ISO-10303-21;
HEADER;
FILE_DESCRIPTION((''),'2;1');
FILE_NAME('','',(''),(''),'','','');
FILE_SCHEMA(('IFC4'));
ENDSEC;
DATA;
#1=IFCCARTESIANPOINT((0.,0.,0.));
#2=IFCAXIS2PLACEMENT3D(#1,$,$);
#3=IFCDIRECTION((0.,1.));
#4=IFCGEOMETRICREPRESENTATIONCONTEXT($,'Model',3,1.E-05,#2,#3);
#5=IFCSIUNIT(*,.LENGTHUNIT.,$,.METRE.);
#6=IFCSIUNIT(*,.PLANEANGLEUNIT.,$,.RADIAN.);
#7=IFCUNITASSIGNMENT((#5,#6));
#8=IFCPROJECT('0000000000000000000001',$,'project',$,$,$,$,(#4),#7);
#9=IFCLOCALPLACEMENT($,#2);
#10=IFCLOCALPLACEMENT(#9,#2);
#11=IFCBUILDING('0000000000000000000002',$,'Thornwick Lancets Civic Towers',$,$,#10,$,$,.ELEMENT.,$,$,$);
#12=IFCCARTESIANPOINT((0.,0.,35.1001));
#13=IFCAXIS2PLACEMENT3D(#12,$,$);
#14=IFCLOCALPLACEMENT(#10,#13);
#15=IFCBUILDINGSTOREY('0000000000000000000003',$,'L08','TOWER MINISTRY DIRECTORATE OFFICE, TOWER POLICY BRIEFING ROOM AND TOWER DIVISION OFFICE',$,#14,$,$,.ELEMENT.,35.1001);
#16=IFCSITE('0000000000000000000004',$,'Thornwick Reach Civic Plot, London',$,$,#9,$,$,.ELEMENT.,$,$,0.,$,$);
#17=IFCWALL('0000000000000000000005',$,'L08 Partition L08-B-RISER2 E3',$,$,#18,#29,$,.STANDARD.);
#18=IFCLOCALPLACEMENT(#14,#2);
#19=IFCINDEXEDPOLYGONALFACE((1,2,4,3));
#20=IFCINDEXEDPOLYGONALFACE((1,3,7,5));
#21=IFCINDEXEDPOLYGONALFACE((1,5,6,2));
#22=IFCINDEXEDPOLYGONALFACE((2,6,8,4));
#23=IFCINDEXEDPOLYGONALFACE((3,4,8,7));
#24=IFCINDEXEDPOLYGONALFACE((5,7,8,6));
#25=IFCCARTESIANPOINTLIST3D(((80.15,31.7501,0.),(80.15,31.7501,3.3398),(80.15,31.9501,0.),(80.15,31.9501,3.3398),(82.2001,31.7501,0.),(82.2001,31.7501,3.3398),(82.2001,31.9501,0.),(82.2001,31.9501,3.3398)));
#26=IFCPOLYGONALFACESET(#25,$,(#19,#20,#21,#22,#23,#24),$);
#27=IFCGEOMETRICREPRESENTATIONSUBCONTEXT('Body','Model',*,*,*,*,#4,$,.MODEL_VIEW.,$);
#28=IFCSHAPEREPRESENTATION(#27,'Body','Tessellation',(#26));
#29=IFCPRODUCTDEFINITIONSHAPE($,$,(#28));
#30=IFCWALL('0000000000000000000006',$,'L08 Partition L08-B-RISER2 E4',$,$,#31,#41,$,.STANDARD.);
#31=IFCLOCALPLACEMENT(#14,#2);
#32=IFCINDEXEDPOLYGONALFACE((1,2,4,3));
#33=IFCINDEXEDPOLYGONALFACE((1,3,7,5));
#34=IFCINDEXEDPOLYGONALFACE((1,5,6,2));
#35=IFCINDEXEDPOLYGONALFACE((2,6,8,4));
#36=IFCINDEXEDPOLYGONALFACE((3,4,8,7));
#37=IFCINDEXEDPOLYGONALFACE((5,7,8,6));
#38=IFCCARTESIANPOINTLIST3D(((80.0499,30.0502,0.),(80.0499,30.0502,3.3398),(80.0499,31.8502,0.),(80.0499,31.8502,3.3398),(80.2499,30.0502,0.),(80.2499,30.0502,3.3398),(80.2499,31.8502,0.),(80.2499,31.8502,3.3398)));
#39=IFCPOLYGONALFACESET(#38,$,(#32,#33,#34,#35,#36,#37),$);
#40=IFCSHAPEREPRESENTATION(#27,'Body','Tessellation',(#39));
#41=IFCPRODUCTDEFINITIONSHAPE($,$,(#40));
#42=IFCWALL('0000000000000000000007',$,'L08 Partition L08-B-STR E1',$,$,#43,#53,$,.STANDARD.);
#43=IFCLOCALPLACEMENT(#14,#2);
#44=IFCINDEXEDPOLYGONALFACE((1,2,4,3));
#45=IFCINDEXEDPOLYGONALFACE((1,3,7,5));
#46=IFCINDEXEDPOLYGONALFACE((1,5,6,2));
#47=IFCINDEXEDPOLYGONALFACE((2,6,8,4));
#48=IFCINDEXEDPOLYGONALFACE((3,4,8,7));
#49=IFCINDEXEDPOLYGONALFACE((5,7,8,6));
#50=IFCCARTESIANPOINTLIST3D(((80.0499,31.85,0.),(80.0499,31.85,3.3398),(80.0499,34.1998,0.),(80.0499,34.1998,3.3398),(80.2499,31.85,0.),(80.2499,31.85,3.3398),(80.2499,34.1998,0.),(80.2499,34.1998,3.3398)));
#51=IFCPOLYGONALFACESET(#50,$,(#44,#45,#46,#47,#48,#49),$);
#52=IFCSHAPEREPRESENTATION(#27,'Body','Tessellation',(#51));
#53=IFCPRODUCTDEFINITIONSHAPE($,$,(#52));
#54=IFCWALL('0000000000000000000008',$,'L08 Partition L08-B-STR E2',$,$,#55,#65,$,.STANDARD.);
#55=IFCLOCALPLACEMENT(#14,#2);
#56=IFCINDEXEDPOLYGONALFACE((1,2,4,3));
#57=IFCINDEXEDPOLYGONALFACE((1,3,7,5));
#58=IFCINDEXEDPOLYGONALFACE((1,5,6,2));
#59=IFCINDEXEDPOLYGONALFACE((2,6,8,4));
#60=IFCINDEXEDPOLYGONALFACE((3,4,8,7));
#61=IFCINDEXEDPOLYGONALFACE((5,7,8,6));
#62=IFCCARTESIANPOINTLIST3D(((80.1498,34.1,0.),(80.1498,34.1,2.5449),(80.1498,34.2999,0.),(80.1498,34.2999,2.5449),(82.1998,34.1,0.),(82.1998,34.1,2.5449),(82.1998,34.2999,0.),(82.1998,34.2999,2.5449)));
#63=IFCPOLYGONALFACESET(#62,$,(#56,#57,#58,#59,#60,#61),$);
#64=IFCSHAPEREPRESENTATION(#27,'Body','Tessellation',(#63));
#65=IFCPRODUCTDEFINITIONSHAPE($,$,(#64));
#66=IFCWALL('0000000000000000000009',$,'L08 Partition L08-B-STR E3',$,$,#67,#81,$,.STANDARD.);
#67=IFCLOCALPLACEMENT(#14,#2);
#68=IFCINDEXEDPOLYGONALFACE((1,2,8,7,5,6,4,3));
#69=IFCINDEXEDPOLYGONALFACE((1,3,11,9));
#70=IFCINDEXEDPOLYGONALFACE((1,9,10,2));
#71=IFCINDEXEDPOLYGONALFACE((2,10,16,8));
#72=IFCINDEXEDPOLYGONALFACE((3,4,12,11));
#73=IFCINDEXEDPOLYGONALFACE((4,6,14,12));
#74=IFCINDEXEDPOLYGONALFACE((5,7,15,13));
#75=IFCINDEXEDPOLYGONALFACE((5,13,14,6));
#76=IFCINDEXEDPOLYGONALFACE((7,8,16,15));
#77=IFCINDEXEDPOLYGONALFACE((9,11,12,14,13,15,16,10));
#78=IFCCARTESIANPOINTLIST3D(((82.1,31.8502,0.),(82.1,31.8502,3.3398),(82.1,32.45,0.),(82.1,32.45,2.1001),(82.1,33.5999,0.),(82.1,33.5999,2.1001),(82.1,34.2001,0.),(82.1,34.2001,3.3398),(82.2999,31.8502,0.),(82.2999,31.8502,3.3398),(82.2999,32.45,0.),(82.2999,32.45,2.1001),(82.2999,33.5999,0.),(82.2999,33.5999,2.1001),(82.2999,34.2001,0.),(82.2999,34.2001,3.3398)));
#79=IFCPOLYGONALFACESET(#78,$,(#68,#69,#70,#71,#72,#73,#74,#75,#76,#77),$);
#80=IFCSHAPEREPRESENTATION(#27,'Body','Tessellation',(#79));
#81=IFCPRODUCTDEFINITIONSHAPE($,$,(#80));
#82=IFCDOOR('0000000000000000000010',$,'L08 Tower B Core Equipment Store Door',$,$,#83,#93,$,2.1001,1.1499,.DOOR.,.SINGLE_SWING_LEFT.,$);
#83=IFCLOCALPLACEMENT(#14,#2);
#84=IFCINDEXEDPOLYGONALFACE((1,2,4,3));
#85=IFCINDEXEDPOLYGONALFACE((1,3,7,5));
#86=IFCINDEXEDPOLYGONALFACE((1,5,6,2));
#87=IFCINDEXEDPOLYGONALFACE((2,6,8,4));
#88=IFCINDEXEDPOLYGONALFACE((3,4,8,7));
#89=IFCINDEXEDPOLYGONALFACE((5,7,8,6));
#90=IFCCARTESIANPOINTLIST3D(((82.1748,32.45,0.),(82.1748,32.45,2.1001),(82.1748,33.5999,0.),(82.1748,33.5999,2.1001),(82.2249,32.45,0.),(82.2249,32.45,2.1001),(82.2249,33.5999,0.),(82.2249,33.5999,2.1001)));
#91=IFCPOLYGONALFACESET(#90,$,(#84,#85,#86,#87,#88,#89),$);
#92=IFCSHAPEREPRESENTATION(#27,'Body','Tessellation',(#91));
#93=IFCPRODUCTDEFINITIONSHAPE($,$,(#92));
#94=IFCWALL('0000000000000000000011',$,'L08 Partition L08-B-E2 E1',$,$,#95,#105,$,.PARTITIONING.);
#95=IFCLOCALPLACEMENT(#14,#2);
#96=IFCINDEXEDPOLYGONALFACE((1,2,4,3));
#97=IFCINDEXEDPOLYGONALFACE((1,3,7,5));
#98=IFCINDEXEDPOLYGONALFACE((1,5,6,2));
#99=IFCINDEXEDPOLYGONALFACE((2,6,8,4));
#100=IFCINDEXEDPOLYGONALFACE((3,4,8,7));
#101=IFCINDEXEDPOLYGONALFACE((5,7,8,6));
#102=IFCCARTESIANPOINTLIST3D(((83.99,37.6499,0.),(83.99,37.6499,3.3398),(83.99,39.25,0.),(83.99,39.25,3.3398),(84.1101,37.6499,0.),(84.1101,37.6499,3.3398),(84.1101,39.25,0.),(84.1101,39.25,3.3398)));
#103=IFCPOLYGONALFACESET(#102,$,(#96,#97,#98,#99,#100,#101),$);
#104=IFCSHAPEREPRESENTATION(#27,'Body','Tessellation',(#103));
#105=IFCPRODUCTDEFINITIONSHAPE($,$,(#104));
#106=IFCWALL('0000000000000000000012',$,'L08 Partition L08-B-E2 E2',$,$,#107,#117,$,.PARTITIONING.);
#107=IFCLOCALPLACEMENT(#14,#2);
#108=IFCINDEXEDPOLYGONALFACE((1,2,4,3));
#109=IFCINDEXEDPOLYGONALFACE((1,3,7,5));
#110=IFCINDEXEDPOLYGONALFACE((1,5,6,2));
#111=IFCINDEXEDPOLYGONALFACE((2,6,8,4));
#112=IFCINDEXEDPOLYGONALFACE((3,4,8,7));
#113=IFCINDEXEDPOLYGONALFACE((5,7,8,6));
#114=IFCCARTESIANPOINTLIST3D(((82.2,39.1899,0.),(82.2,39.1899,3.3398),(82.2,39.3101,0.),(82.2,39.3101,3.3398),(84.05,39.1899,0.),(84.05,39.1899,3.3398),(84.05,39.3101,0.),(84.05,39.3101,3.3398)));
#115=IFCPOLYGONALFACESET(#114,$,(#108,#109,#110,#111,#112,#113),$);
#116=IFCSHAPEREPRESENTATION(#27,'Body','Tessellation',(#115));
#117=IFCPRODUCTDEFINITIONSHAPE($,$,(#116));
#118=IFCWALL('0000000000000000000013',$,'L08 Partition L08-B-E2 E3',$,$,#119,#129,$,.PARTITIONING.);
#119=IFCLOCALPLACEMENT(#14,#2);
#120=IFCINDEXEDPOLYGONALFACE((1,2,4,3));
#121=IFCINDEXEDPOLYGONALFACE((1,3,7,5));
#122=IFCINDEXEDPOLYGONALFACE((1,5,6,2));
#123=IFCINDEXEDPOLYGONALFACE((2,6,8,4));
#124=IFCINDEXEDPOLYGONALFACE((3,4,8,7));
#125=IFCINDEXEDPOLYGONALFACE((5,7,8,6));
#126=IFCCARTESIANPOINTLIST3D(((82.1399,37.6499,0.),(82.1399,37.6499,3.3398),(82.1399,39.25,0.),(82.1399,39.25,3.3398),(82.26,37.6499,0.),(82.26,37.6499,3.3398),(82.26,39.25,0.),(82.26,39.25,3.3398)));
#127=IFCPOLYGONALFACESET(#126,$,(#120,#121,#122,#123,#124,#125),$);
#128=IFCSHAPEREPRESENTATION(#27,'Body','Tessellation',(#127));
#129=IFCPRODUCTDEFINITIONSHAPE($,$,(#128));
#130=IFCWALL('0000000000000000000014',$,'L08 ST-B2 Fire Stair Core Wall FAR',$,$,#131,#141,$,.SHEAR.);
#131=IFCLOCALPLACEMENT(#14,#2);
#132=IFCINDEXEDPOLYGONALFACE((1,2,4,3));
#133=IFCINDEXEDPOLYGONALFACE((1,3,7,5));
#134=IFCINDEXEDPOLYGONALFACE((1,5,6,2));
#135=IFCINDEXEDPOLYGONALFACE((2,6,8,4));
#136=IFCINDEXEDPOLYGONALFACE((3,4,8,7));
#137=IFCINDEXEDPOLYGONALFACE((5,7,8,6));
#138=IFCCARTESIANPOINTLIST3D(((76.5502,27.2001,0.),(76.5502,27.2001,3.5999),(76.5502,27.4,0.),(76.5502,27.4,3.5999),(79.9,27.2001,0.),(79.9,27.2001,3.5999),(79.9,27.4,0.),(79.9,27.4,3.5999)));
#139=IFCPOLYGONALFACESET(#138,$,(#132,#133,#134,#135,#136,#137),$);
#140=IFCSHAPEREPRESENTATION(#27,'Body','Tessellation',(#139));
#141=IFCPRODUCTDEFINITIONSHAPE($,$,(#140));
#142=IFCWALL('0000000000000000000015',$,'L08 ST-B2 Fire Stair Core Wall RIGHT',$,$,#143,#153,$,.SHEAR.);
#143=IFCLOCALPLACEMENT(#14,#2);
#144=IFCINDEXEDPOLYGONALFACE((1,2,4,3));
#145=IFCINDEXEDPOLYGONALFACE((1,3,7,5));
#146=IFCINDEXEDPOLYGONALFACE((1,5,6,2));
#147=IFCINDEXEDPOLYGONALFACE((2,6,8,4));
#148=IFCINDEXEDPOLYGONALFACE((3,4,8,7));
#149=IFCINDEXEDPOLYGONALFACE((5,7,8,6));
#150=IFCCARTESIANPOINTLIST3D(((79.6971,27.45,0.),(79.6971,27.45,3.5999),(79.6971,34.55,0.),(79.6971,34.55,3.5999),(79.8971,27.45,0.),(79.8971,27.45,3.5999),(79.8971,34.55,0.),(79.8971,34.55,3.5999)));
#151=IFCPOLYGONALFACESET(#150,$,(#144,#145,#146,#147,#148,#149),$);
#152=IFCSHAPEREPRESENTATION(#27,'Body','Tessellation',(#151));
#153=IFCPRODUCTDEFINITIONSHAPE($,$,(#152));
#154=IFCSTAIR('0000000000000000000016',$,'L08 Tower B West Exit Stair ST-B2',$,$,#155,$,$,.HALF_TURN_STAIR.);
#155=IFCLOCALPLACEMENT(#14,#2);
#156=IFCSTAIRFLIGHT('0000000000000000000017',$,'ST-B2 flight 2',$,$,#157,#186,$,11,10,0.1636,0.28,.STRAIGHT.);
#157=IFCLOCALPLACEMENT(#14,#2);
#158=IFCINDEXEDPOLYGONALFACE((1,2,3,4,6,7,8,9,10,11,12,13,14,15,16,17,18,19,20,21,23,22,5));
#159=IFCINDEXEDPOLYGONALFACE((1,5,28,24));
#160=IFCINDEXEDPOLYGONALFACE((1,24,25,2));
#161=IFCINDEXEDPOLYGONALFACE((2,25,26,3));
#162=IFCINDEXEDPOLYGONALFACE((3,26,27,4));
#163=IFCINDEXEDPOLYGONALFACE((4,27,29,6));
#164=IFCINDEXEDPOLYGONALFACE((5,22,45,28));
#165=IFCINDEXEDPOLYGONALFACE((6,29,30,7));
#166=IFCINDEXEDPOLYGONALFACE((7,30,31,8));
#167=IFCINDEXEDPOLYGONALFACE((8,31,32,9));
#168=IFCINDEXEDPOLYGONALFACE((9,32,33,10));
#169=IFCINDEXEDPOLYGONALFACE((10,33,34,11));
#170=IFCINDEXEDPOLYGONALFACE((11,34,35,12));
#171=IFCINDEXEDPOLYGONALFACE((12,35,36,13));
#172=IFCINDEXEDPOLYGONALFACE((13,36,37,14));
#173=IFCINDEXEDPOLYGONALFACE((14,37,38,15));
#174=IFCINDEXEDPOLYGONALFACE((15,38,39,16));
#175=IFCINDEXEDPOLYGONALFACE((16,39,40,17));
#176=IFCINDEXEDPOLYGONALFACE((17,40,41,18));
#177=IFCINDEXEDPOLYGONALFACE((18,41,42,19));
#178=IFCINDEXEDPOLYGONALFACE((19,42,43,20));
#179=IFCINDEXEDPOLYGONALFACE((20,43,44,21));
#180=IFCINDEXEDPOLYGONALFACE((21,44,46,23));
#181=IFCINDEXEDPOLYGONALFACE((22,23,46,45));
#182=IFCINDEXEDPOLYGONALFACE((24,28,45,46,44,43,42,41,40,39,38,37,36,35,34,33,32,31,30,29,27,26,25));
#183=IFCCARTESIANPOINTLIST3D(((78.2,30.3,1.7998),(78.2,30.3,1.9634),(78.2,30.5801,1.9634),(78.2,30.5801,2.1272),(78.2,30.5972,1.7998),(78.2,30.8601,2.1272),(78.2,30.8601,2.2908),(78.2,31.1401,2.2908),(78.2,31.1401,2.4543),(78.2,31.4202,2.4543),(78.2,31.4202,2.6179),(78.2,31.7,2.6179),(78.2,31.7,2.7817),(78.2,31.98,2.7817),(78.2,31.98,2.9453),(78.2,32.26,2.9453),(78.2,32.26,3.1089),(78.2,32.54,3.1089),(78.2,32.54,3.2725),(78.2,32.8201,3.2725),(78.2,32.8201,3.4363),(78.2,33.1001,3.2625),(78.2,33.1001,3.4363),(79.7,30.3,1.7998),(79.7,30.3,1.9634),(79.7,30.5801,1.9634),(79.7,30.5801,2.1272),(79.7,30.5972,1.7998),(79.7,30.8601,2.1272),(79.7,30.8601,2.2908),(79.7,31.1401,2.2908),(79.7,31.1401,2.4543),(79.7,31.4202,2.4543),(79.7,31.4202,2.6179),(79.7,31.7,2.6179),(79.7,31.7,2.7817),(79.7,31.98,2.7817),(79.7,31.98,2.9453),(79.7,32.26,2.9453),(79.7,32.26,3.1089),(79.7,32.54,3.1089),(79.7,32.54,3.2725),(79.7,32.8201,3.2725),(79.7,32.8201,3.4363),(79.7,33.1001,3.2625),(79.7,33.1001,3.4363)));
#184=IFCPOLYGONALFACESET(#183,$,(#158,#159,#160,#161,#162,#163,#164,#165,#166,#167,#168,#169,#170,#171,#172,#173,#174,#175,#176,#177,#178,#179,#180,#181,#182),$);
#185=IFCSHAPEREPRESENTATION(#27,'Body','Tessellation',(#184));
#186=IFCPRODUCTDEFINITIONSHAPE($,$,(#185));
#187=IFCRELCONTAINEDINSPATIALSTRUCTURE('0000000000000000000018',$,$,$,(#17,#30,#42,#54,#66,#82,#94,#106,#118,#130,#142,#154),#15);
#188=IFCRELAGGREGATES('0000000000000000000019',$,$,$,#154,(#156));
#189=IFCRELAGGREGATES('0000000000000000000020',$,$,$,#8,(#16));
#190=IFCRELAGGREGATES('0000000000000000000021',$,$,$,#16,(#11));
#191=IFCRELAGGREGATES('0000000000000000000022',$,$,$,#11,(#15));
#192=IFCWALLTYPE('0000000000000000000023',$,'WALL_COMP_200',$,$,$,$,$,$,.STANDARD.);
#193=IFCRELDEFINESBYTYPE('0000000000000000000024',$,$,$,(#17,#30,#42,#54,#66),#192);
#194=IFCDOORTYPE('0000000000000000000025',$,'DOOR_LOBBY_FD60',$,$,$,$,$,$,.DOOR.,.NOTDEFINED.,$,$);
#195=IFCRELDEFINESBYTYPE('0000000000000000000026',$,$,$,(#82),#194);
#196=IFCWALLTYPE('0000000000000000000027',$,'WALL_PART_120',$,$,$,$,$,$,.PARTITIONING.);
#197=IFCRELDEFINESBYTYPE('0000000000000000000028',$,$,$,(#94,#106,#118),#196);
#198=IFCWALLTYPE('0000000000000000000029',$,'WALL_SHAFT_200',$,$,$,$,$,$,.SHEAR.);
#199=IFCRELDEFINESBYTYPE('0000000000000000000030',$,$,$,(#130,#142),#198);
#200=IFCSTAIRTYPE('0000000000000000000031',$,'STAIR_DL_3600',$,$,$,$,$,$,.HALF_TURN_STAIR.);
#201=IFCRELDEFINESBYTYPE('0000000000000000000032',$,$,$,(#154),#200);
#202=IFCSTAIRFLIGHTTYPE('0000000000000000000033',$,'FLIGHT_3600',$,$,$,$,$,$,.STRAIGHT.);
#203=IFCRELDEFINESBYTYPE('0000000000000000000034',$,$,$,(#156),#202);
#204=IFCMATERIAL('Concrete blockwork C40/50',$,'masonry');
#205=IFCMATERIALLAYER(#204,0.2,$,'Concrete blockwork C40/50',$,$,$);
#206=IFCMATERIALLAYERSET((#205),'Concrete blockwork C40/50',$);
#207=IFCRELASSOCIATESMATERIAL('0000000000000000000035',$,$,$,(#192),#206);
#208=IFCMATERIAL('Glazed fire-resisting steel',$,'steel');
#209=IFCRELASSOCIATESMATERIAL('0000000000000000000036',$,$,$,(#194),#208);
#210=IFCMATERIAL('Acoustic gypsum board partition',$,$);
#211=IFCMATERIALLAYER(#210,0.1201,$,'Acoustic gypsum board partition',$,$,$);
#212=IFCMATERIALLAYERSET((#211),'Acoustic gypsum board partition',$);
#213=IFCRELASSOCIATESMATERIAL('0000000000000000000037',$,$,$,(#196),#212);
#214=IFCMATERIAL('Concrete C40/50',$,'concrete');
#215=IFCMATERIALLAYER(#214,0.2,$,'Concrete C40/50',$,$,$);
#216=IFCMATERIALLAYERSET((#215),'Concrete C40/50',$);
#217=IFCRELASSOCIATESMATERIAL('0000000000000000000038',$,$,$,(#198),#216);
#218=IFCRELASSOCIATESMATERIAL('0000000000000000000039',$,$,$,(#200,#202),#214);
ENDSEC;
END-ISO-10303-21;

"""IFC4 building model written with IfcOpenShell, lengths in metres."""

from ifc_helpers import new_model, si_unit, direction, frame, frame_2d, origin, place, context, subcontext, project, spatial, polyline, rectangle, outline, extrude, material, layer, layer_set, type_object, element, fill, aggregate, save


model = new_model("IFC4")

# Units and contexts
model_context = context("Model", 3, precision=1e-05, world=origin(), true_north=direction((0.0, 1.0)))
body_context = subcontext(model_context, "Body", "Model", "MODEL_VIEW")
ifc_project = project(units=[si_unit("LENGTHUNIT", "METRE"), si_unit("PLANEANGLEUNIT", "RADIAN")], contexts=[model_context])

# Site, building, storey
site_placement = place(None, origin())
site = spatial("IfcSite", under=ifc_project, at=site_placement, Name="Thornwick Reach Civic Plot, London", CompositionType="ELEMENT", RefElevation=0.0)
building_placement = place(site_placement, origin())
building = spatial("IfcBuilding", under=site, at=building_placement, Name="Thornwick Lancets Civic Towers", CompositionType="ELEMENT")
storey_placement = place(building_placement, frame((0.0, 0.0, 35.1001)))
storey = spatial("IfcBuildingStorey", under=building, at=storey_placement, Name="L08", Description="TOWER MINISTRY DIRECTORATE OFFICE, TOWER POLICY BRIEFING ROOM AND TOWER DIVISION OFFICE", CompositionType="ELEMENT", Elevation=35.1001)

# Shared definitions
ifc_material_1 = material(Name="Concrete blockwork C40/50", Category="masonry")
ifc_layer_1 = layer(ifc_material_1, 0.2, Name="Concrete blockwork C40/50")
ifc_layer_set_1 = layer_set([ifc_layer_1], Name="Concrete blockwork C40/50")
wall_type_1 = type_object("IfcWallType", Name="WALL_COMP_200", PredefinedType="STANDARD", material=ifc_layer_set_1)

# Shared definitions
ifc_material_2 = material(Name="Glazed fire-resisting steel", Category="steel")
door_type_1 = type_object("IfcDoorType", Name="DOOR_LOBBY_FD60", OperationType="NOTDEFINED", PredefinedType="DOOR", material=ifc_material_2)

# Walls
wall_1_placement = place(storey_placement, frame((82.2, 31.8501, 0.0), z_axis=(0.0, 0.0, 1.0), x_axis=(-1.0, 0.0, 0.0)))
element("IfcWall", 1, at=wall_1_placement, inside=storey, type_object=wall_type_1, Name="L08 Partition L08-B-RISER2 E3", PredefinedType="STANDARD", context=body_context, shape_type="SweptSolid", body=[
    extrude(rectangle(XDim=2.05, YDim=0.2, at=frame_2d((1.0249, 0.0))), origin(), (0.0, 0.0, 1.0), 3.3398),
])
wall_2_placement = place(storey_placement, frame((80.1499, 31.8501, 0.0), z_axis=(0.0, 0.0, 1.0), x_axis=(0.0, -1.0, 0.0)))
element("IfcWall", 2, at=wall_2_placement, inside=storey, type_object=wall_type_1, Name="L08 Partition L08-B-RISER2 E4", PredefinedType="STANDARD", context=body_context, shape_type="SweptSolid", body=[
    extrude(rectangle(XDim=1.8, YDim=0.2, at=frame_2d((0.8999, 0.0))), origin(), (0.0, 0.0, 1.0), 3.3398),
])
wall_3_placement = place(storey_placement, frame((80.1499, 31.8501, 0.0), z_axis=(0.0, 0.0, 1.0), x_axis=(0.0, 1.0, 0.0)))
element("IfcWall", 3, at=wall_3_placement, inside=storey, type_object=wall_type_1, Name="L08 Partition L08-B-STR E1", PredefinedType="STANDARD", context=body_context, shape_type="SweptSolid", body=[
    extrude(rectangle(XDim=2.3499, YDim=0.2, at=frame_2d((1.1748, 0.0))), origin(), (0.0, 0.0, 1.0), 3.3398),
])
wall_4_placement = place(storey_placement, frame((80.1499, 34.2, 0.0), z_axis=(0.0, 0.0, 1.0), x_axis=(1.0, 0.0, 0.0)))
element("IfcWall", 4, at=wall_4_placement, inside=storey, type_object=wall_type_1, Name="L08 Partition L08-B-STR E2", PredefinedType="STANDARD", context=body_context, shape_type="SweptSolid", body=[
    extrude(rectangle(XDim=2.05, YDim=0.2, at=frame_2d((1.0249, 0.0))), origin(), (0.0, 0.0, 1.0), 2.5449),
])

# Wall, opening, door
wall_5_placement = place(storey_placement, frame((82.2, 34.2, 0.0), z_axis=(0.0, 0.0, 1.0), x_axis=(0.0, -1.0, 0.0)))
wall_5 = element("IfcWall", 5, at=wall_5_placement, inside=storey, type_object=wall_type_1, Name="L08 Partition L08-B-STR E3", PredefinedType="STANDARD", context=body_context, shape_type="SweptSolid", body=[
    extrude(rectangle(XDim=2.3499, YDim=0.2, at=frame_2d((1.1748, 0.0))), origin(), (0.0, 0.0, 1.0), 3.3398),
])
opening_1_placement = place(wall_5_placement, frame((0.6001, 0.0, 0.0)))
opening_1 = element("IfcOpeningElement", 6, at=opening_1_placement, cuts=wall_5, PredefinedType="OPENING", context=body_context, shape_type="SweptSolid", body=[
    extrude(rectangle(XDim=1.1499, YDim=2.1001, at=frame_2d((0.575, 1.05))), frame((0.0, 0.1099, 0.0), z_axis=(0.0, -1.0, 0.0), x_axis=(1.0, 0.0, 0.0)), (0.0, 0.0, 1.0), 0.22),
])
door_1_placement = place(opening_1_placement, origin())
door_1 = element("IfcDoor", 7, at=door_1_placement, inside=storey, type_object=door_type_1, Name="L08 Tower B Core Equipment Store Door", OperationType="SINGLE_SWING_LEFT", OverallHeight=2.1001, OverallWidth=1.1499, PredefinedType="DOOR", context=body_context, shape_type="SweptSolid", body=[
    extrude(rectangle(XDim=1.1499, YDim=2.1001, at=frame_2d((0.575, 1.05))), frame((0.0, 0.0249, 0.0), z_axis=(0.0, -1.0, 0.0), x_axis=(1.0, 0.0, 0.0)), (0.0, 0.0, 1.0), 0.05),
])
fill(opening_1, door_1)

# Walls
ifc_material_3 = material(Name="Acoustic gypsum board partition")
ifc_layer_2 = layer(ifc_material_3, 0.1201, Name="Acoustic gypsum board partition")
ifc_layer_set_2 = layer_set([ifc_layer_2], Name="Acoustic gypsum board partition")
wall_type_2 = type_object("IfcWallType", Name="WALL_PART_120", PredefinedType="PARTITIONING", material=ifc_layer_set_2)
wall_6_placement = place(storey_placement, frame((84.05, 37.6499, 0.0), z_axis=(0.0, 0.0, 1.0), x_axis=(0.0, 1.0, 0.0)))
element("IfcWall", 8, at=wall_6_placement, inside=storey, type_object=wall_type_2, Name="L08 Partition L08-B-E2 E1", PredefinedType="PARTITIONING", context=body_context, shape_type="SweptSolid", body=[
    extrude(rectangle(XDim=1.6001, YDim=0.1201, at=frame_2d((0.8, 0.0))), origin(), (0.0, 0.0, 1.0), 3.3398),
])
wall_7_placement = place(storey_placement, frame((84.05, 39.25, 0.0), z_axis=(0.0, 0.0, 1.0), x_axis=(-1.0, 0.0, 0.0)))
element("IfcWall", 9, at=wall_7_placement, inside=storey, type_object=wall_type_2, Name="L08 Partition L08-B-E2 E2", PredefinedType="PARTITIONING", context=body_context, shape_type="SweptSolid", body=[
    extrude(rectangle(XDim=1.8501, YDim=0.1201, at=frame_2d((0.925, 0.0))), origin(), (0.0, 0.0, 1.0), 3.3398),
])
wall_8_placement = place(storey_placement, frame((82.2, 39.25, 0.0), z_axis=(0.0, 0.0, 1.0), x_axis=(0.0, -1.0, 0.0)))
element("IfcWall", 10, at=wall_8_placement, inside=storey, type_object=wall_type_2, Name="L08 Partition L08-B-E2 E3", PredefinedType="PARTITIONING", context=body_context, shape_type="SweptSolid", body=[
    extrude(rectangle(XDim=1.6001, YDim=0.1201, at=frame_2d((0.8, 0.0))), origin(), (0.0, 0.0, 1.0), 3.3398),
])
ifc_material_4 = material(Name="Concrete C40/50", Category="concrete")
ifc_layer_3 = layer(ifc_material_4, 0.2, Name="Concrete C40/50")
ifc_layer_set_3 = layer_set([ifc_layer_3], Name="Concrete C40/50")
wall_type_3 = type_object("IfcWallType", Name="WALL_SHAFT_200", PredefinedType="SHEAR", material=ifc_layer_set_3)
wall_9_placement = place(storey_placement, frame((79.8999, 27.3, 0.0), z_axis=(0.0, 0.0, 1.0), x_axis=(-1.0, 0.0, 0.0)))
element("IfcWall", 11, at=wall_9_placement, inside=storey, type_object=wall_type_3, Name="L08 ST-B2 Fire Stair Core Wall FAR", PredefinedType="SHEAR", context=body_context, shape_type="SweptSolid", body=[
    extrude(rectangle(XDim=3.3499, YDim=0.2, at=frame_2d((1.6748, 0.0))), origin(), (0.0, 0.0, 1.0), 3.5999),
])
wall_10_placement = place(storey_placement, frame((79.7971, 27.45, 0.0), z_axis=(0.0, 0.0, 1.0), x_axis=(0.0, 1.0, 0.0)))
element("IfcWall", 12, at=wall_10_placement, inside=storey, type_object=wall_type_3, Name="L08 ST-B2 Fire Stair Core Wall RIGHT", PredefinedType="SHEAR", context=body_context, shape_type="SweptSolid", body=[
    extrude(rectangle(XDim=7.1001, YDim=0.2, at=frame_2d((3.55, 0.0))), origin(), (0.0, 0.0, 1.0), 3.5999),
])

# Stair, stair flight
stair_type = type_object("IfcStairType", Name="STAIR_DL_3600", PredefinedType="HALF_TURN_STAIR", material=ifc_material_4)
stair_placement = place(storey_placement, origin())
stair = element("IfcStair", 13, at=stair_placement, inside=storey, type_object=stair_type, Name="L08 Tower B West Exit Stair ST-B2", PredefinedType="HALF_TURN_STAIR")
stair_flight_type = type_object("IfcStairFlightType", Name="FLIGHT_3600", PredefinedType="STRAIGHT", material=ifc_material_4)
stair_flight_placement = place(storey_placement, frame((78.95, 30.3, 1.7998), z_axis=(0.0, 0.0, 1.0), x_axis=(0.0, 1.0, 0.0)))
stair_flight = element("IfcStairFlight", 14, at=stair_flight_placement, type_object=stair_flight_type, Name="ST-B2 flight 2", NumberOfRisers=11, NumberOfTreads=10, PredefinedType="STRAIGHT", RiserHeight=0.1636, TreadLength=0.28, context=body_context, shape_type="SweptSolid", body=[
    extrude(outline(polyline([(0.0, 0.0), (0.0, 0.1636), (0.28, 0.1636), (0.28, 0.3274), (0.5601, 0.3274), (0.5601, 0.491), (0.8401, 0.491), (0.8401, 0.6545), (1.1201, 0.6545), (1.1201, 0.8181), (1.3999, 0.8181), (1.3999, 0.9819), (1.6799, 0.9819), (1.6799, 1.1455), (1.96, 1.1455), (1.96, 1.3091), (2.24, 1.3091), (2.24, 1.4727), (2.52, 1.4727), (2.52, 1.6365), (2.8, 1.6365), (2.8, 1.8), (2.8, 1.4626), (0.2971, 0.0), (0.0, 0.0)])), frame((0.0, 0.75, 0.0), z_axis=(0.0, -1.0, 0.0), x_axis=(1.0, 0.0, 0.0)), (0.0, 0.0, 1.0), 1.5),
])
aggregate(stair, [stair_flight])

save(model, "model.ifc")
